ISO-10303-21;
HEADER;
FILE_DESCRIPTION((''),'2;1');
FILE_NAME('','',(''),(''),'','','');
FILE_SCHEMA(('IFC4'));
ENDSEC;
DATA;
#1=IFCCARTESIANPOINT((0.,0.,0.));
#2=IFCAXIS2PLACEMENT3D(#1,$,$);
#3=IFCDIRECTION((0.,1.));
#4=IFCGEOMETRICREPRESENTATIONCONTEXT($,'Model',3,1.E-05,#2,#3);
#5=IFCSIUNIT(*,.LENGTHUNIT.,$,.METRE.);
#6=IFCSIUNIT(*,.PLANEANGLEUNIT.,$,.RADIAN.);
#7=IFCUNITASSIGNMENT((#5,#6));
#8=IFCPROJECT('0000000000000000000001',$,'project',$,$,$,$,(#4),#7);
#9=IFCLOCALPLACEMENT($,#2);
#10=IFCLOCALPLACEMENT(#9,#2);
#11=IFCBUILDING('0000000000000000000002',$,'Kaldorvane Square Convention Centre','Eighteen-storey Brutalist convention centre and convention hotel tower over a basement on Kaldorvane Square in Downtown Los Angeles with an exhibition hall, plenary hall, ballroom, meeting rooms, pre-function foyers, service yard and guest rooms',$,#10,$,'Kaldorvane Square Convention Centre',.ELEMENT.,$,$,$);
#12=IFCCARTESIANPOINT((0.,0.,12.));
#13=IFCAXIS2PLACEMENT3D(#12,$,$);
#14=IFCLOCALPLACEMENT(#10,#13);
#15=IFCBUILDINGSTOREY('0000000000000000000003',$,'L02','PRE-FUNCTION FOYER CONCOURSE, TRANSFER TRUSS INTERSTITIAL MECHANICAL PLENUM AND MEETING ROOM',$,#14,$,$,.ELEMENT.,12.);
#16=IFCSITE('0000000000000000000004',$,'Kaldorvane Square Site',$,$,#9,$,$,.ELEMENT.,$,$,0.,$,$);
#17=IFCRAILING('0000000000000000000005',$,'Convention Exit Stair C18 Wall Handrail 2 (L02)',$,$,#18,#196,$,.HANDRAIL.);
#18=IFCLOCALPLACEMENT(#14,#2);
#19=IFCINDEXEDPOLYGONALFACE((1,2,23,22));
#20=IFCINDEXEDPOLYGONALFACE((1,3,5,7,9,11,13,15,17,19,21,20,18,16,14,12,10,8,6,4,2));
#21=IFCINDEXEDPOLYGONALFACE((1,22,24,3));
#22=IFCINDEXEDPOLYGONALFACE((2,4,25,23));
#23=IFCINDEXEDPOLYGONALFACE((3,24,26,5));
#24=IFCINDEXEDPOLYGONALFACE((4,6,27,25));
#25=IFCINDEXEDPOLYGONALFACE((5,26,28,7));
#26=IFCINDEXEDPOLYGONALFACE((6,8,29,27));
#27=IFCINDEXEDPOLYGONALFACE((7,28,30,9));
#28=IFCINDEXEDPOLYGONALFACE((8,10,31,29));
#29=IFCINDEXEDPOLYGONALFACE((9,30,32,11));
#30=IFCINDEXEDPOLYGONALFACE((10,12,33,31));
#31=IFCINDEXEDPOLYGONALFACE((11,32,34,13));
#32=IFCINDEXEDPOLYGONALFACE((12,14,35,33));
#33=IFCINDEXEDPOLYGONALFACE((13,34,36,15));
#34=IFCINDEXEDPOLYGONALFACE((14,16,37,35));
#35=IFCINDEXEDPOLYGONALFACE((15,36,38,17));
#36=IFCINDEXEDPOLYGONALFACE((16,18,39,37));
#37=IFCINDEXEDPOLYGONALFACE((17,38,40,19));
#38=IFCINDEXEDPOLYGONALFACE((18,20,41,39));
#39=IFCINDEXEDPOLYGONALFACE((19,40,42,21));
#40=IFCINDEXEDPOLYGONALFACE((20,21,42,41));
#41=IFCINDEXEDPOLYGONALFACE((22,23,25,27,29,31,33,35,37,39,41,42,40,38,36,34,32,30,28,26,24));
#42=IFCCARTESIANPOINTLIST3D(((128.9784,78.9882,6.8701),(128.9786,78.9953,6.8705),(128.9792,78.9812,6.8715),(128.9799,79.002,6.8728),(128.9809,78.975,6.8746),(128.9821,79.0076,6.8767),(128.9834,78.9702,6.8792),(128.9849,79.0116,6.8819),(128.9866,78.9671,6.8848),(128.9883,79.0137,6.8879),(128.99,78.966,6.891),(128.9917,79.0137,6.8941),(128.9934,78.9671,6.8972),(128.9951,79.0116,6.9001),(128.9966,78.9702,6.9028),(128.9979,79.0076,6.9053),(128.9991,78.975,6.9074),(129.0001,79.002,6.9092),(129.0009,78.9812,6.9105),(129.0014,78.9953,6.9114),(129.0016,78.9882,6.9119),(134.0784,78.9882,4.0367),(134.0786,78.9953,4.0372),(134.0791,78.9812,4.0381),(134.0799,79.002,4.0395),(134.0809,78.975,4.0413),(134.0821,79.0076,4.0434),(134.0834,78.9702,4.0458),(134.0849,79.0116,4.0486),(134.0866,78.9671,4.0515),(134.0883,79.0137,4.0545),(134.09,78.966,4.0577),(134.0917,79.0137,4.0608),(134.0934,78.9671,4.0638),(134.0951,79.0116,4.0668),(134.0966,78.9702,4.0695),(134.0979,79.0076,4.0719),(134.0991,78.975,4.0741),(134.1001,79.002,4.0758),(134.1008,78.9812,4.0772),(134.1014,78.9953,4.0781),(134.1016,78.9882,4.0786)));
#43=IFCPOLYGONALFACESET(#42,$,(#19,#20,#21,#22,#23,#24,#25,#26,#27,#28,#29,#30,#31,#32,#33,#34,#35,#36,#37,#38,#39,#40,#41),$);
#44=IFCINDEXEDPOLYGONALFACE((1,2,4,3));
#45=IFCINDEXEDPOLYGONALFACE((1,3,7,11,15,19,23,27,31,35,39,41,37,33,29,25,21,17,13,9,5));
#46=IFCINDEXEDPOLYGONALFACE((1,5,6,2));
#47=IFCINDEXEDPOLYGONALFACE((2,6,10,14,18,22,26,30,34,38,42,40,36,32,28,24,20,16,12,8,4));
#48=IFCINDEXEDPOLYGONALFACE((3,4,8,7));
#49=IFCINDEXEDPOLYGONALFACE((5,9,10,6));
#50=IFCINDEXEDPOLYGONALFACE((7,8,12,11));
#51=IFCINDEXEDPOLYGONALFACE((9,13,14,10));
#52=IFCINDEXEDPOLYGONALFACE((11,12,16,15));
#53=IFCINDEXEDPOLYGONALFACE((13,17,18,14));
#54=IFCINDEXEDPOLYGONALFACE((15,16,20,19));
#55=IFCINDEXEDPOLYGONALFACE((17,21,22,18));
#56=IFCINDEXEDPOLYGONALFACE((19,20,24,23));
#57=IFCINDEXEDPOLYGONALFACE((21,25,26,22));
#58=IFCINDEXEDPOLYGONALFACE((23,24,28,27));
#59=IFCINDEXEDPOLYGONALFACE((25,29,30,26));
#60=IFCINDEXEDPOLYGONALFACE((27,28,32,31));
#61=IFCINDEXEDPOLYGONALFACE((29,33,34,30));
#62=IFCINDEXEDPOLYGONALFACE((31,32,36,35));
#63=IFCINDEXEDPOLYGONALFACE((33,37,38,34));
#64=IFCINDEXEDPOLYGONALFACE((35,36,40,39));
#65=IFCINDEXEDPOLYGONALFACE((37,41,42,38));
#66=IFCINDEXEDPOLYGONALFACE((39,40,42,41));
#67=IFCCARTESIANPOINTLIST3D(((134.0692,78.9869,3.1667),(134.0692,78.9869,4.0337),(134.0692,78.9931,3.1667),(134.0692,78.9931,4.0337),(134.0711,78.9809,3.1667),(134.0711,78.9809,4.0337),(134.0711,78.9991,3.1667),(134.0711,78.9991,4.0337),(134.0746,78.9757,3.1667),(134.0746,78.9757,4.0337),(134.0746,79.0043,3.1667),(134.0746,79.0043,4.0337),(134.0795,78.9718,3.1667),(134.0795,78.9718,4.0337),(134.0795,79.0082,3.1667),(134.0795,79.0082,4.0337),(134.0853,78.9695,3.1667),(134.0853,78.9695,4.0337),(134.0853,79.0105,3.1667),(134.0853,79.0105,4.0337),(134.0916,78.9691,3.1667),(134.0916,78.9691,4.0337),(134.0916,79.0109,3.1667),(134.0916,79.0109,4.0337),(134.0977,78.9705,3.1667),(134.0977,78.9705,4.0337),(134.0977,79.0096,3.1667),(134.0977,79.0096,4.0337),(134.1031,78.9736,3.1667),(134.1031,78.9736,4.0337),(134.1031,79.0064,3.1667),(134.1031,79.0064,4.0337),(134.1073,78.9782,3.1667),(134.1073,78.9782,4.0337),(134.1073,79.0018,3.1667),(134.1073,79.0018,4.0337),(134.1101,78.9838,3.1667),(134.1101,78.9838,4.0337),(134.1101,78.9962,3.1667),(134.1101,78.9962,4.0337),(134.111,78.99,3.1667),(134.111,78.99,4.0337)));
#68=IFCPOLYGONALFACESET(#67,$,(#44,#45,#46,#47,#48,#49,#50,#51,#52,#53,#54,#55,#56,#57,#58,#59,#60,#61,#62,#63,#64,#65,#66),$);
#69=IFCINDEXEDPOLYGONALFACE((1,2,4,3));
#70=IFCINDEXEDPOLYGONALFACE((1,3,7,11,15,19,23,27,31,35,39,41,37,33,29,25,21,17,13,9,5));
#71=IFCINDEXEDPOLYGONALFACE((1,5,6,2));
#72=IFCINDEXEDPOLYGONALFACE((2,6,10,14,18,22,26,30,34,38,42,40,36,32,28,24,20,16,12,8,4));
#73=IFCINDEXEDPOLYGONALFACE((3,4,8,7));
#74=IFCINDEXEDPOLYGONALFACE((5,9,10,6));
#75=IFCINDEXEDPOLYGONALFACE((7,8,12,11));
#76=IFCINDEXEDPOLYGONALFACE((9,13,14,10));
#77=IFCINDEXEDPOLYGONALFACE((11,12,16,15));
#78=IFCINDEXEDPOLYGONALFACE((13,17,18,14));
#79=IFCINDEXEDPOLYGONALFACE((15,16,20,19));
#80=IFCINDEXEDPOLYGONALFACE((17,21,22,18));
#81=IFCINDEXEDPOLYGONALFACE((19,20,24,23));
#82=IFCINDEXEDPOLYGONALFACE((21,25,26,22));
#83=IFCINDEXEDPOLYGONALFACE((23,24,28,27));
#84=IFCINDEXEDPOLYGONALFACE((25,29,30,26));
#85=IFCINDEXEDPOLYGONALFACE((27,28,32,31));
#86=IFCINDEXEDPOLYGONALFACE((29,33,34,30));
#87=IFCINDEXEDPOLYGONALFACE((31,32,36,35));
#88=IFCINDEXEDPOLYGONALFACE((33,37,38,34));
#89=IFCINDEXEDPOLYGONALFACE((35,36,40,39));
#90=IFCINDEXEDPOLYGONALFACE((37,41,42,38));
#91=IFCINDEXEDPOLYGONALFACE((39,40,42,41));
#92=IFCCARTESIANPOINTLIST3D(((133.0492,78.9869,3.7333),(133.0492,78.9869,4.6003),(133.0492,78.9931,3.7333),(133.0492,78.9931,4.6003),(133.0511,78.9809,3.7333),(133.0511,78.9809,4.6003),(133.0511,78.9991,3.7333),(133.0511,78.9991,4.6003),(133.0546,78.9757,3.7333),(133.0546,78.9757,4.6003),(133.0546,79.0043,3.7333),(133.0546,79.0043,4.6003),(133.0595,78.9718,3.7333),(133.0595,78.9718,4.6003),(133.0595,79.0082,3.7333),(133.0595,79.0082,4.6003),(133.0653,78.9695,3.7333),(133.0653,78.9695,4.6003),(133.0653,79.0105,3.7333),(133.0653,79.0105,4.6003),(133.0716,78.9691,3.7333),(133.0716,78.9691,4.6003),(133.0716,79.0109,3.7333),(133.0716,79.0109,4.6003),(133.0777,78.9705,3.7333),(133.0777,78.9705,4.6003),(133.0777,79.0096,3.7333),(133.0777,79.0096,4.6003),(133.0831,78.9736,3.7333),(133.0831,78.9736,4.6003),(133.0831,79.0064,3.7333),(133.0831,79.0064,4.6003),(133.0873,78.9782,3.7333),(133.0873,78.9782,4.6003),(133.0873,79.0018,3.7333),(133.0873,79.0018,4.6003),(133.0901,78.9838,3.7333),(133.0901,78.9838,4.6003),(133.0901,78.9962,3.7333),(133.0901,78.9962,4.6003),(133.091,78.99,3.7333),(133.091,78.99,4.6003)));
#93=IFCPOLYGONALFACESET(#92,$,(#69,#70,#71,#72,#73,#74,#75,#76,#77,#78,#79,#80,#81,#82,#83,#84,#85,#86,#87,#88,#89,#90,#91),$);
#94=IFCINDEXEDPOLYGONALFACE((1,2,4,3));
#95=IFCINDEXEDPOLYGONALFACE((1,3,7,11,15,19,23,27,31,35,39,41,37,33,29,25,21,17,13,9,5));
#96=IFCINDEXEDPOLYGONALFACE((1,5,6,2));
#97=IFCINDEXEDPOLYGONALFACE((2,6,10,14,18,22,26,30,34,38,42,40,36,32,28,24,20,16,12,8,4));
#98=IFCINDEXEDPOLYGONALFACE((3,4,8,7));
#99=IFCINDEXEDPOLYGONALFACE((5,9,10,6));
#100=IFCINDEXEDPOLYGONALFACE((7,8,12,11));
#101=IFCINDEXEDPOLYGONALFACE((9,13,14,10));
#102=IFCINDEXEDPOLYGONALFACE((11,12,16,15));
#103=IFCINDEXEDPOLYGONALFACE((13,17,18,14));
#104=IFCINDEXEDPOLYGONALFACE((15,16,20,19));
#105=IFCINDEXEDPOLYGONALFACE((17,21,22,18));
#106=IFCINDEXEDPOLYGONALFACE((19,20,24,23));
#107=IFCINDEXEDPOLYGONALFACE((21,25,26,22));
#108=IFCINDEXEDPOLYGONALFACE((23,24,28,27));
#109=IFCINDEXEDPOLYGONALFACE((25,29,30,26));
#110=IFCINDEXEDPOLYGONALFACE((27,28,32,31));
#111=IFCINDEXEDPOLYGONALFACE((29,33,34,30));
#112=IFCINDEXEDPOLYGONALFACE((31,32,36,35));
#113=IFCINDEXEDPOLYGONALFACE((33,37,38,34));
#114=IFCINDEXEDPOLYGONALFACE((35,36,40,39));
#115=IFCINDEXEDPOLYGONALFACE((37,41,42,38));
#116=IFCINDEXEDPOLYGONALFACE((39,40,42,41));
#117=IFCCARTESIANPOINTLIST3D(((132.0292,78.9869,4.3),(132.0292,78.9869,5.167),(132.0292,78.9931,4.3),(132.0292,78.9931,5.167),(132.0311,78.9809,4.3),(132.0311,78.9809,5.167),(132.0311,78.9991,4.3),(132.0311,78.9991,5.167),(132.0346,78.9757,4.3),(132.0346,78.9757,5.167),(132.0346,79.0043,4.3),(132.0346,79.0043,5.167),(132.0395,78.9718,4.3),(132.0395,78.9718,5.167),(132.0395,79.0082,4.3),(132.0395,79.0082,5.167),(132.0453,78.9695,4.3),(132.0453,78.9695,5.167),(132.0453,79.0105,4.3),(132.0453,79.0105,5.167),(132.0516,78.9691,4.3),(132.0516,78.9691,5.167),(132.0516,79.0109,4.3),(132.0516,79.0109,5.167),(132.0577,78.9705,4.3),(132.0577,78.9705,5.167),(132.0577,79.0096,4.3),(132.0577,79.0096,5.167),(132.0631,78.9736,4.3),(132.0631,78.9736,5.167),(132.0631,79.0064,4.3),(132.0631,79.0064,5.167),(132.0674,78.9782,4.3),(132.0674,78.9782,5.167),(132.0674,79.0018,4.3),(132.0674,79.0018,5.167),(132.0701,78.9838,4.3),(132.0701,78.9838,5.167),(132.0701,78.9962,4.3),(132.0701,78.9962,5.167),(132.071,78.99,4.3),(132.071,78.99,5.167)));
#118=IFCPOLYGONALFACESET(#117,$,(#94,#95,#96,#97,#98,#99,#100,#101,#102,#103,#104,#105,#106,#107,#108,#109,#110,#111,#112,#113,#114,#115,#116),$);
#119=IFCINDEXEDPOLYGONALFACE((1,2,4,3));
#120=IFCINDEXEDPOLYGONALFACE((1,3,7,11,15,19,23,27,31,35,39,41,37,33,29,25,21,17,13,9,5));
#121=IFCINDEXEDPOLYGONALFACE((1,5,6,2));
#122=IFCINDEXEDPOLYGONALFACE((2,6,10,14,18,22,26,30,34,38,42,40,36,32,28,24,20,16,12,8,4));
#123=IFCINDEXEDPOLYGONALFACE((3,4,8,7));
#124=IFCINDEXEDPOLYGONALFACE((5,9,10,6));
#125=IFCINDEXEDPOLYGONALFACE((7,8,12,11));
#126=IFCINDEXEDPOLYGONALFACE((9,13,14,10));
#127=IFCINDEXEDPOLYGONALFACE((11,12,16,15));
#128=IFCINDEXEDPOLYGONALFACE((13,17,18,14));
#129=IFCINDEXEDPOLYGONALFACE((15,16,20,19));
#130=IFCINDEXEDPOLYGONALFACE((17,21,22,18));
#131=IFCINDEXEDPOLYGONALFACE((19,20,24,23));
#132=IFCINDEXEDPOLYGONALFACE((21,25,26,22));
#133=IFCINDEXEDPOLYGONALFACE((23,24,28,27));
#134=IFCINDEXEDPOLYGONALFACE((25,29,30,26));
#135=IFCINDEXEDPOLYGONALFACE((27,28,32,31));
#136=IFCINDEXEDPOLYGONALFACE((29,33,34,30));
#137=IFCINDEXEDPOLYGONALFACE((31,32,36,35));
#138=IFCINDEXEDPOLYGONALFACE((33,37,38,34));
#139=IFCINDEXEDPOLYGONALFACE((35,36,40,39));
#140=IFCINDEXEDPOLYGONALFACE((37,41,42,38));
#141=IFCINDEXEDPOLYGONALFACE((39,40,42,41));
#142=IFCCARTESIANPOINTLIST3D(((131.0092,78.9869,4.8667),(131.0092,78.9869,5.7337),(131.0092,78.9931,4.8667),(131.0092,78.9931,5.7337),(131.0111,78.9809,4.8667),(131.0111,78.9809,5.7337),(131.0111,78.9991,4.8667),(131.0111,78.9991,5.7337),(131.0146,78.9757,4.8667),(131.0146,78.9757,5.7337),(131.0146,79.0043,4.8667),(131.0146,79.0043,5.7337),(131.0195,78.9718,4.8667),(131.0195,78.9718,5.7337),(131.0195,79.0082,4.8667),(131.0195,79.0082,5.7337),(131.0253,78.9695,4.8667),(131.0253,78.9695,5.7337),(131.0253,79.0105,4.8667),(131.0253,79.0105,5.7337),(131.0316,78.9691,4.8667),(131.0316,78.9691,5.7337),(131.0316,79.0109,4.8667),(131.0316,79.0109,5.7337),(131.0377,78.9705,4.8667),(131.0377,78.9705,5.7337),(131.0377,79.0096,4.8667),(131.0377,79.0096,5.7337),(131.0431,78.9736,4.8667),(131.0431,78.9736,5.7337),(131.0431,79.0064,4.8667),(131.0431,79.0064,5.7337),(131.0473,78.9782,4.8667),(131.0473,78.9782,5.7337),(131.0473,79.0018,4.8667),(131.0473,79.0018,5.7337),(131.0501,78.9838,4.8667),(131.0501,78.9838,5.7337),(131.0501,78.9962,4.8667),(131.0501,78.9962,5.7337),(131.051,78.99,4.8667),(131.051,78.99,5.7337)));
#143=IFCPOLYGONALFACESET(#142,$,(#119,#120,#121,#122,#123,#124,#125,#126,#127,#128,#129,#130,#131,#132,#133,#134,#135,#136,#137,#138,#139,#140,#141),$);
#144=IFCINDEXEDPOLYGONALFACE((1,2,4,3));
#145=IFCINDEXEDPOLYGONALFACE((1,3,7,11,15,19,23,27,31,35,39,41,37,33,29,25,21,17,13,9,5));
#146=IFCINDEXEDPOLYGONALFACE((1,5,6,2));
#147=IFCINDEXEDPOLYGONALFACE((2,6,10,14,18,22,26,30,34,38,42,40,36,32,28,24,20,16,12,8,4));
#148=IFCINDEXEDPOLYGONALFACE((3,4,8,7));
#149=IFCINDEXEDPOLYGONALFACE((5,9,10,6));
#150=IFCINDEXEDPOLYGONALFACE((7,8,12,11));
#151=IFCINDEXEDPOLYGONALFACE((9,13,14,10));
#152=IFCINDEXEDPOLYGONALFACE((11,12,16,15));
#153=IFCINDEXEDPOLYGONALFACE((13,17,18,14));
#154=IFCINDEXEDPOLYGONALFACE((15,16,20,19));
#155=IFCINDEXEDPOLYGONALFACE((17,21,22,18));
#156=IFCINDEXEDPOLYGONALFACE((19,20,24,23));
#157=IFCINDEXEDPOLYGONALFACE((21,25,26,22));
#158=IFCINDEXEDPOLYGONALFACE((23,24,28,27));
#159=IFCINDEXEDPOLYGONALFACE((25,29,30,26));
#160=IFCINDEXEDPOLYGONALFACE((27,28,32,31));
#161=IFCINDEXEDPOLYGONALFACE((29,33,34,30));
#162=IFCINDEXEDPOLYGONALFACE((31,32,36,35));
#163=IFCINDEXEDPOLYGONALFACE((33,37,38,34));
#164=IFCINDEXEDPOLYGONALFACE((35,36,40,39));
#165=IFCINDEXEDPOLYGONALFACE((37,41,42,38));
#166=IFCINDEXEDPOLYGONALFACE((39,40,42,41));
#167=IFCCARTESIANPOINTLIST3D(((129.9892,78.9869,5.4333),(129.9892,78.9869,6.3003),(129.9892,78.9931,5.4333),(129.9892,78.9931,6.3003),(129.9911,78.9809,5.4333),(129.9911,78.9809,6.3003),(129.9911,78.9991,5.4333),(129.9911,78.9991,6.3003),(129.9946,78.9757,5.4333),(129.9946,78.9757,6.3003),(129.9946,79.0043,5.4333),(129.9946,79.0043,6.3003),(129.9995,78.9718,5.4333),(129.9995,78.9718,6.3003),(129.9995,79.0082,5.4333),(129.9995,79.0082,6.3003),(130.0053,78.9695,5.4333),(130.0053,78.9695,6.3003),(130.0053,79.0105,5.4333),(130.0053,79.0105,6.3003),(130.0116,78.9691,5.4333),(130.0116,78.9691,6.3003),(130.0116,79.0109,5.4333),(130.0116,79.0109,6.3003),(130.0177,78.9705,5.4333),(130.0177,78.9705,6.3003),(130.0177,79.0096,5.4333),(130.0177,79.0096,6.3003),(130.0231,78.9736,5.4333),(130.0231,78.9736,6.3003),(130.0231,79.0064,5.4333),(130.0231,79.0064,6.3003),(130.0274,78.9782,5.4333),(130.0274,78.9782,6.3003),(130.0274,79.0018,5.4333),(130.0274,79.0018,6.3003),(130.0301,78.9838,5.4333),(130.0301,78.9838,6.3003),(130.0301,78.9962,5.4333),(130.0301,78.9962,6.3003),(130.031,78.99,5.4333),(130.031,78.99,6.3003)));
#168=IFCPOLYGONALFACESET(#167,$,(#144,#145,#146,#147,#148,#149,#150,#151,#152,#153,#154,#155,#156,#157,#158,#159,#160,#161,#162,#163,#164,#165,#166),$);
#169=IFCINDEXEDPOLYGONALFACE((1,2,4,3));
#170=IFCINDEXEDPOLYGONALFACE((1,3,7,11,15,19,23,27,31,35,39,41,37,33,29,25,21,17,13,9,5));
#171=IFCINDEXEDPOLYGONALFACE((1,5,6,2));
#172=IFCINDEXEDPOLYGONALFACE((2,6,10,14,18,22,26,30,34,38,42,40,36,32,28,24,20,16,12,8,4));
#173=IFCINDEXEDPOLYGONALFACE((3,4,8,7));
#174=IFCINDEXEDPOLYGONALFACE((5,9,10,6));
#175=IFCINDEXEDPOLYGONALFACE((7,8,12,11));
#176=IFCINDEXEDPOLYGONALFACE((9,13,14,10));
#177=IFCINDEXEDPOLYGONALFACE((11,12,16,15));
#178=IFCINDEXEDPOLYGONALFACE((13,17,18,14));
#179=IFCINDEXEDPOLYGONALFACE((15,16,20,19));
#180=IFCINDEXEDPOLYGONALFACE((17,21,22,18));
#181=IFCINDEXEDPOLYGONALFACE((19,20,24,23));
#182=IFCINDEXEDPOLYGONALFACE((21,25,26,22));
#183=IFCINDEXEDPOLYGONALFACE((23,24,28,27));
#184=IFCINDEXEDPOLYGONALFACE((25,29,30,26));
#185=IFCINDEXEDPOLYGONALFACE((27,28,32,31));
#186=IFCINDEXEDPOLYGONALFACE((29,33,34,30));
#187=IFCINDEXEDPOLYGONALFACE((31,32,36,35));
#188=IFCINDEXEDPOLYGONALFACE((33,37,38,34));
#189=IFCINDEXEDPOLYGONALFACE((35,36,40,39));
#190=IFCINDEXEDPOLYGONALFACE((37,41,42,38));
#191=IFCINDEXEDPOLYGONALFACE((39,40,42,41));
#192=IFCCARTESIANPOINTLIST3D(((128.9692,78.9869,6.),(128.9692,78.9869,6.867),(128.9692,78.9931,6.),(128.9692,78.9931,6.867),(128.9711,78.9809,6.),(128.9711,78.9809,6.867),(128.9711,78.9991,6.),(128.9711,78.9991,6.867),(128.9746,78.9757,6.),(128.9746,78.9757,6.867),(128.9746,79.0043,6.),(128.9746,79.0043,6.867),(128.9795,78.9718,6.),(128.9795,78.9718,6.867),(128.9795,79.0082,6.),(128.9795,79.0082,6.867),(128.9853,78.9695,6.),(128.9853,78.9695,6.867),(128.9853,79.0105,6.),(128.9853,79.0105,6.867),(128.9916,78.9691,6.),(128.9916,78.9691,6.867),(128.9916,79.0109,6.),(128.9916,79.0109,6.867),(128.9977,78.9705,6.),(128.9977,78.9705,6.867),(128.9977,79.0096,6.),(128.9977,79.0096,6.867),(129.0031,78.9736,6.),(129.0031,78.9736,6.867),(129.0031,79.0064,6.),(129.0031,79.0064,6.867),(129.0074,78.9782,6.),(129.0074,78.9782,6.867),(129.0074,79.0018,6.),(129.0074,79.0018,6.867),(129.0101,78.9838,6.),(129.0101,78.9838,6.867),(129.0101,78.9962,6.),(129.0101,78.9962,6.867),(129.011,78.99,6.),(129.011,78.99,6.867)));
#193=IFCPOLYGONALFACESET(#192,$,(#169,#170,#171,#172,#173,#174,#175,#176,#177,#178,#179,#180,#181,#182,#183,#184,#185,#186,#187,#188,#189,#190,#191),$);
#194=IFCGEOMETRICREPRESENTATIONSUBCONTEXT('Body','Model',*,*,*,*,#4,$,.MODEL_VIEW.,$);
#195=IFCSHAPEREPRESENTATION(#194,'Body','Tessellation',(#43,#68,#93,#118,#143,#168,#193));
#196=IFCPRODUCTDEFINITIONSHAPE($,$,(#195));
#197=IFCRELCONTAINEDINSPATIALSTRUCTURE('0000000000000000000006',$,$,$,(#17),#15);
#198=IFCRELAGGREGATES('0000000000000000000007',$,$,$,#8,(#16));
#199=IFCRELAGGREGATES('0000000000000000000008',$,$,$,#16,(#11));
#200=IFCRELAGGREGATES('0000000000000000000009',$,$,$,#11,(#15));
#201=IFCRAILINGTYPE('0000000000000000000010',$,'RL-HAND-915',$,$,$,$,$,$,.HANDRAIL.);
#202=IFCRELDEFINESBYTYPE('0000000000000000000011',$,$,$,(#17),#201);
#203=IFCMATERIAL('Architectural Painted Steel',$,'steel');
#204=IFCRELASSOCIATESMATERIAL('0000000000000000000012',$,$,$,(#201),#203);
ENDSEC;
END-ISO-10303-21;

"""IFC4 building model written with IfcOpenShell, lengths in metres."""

from ifc_helpers import new_model, si_unit, direction, frame, origin, origin_2d, place, context, subcontext, project, spatial, circle, extrude, material, type_object, element, save


model = new_model("IFC4")

# Units and contexts
model_context = context("Model", 3, precision=1e-05, world=origin(), true_north=direction((0.0, 1.0)))
body_context = subcontext(model_context, "Body", "Model", "MODEL_VIEW")
ifc_project = project(units=[si_unit("LENGTHUNIT", "METRE"), si_unit("PLANEANGLEUNIT", "RADIAN")], contexts=[model_context])

# Site, building, storey
site_placement = place(None, origin())
site = spatial("IfcSite", under=ifc_project, at=site_placement, Name="Kaldorvane Square Site", CompositionType="ELEMENT", RefElevation=0.0)
building_placement = place(site_placement, origin())
building = spatial("IfcBuilding", under=site, at=building_placement, Name="Kaldorvane Square Convention Centre", Description="Eighteen-storey Brutalist convention centre and convention hotel tower over a basement on Kaldorvane Square in Downtown Los Angeles with an exhibition hall, plenary hall, ballroom, meeting rooms, pre-function foyers, service yard and guest rooms", LongName="Kaldorvane Square Convention Centre", CompositionType="ELEMENT")
storey_placement = place(building_placement, frame((0.0, 0.0, 12.0)))
storey = spatial("IfcBuildingStorey", under=building, at=storey_placement, Name="L02", Description="PRE-FUNCTION FOYER CONCOURSE, TRANSFER TRUSS INTERSTITIAL MECHANICAL PLENUM AND MEETING ROOM", CompositionType="ELEMENT", Elevation=12.0)

# Railing
ifc_material_1 = material(Name="Architectural Painted Steel", Category="steel")
railing_type_1 = type_object("IfcRailingType", Name="RL-HAND-915", PredefinedType="HANDRAIL", material=ifc_material_1)
railing_1_placement = place(storey_placement, frame((134.09, 78.99, 3.1667)))
element("IfcRailing", 1, at=railing_1_placement, inside=storey, type_object=railing_type_1, Name="Convention Exit Stair C18 Wall Handrail 2 (L02)", PredefinedType="HANDRAIL", context=body_context, shape_type="SweptSolid", body=[
    extrude(circle(Radius=0.024, at=origin_2d()), frame((0.0, 0.0, 0.891), z_axis=(-0.874157, 0.0, 0.485643), x_axis=(0.0, -1.0, 0.0)), (0.0, 0.0, 1.0), 5.8342),
    extrude(circle(Radius=0.021, at=origin_2d()), origin(), (0.0, 0.0, 1.0), 0.867),
    extrude(circle(Radius=0.021, at=origin_2d()), frame((-1.02, 0.0, 0.5667)), (0.0, 0.0, 1.0), 0.867),
    extrude(circle(Radius=0.021, at=origin_2d()), frame((-2.04, 0.0, 1.1333)), (0.0, 0.0, 1.0), 0.867),
    extrude(circle(Radius=0.021, at=origin_2d()), frame((-3.06, 0.0, 1.7)), (0.0, 0.0, 1.0), 0.867),
    extrude(circle(Radius=0.021, at=origin_2d()), frame((-4.08, 0.0, 2.2667)), (0.0, 0.0, 1.0), 0.867),
    extrude(circle(Radius=0.021, at=origin_2d()), frame((-5.1, 0.0, 2.8333)), (0.0, 0.0, 1.0), 0.867),
])

save(model, "model.ifc")
